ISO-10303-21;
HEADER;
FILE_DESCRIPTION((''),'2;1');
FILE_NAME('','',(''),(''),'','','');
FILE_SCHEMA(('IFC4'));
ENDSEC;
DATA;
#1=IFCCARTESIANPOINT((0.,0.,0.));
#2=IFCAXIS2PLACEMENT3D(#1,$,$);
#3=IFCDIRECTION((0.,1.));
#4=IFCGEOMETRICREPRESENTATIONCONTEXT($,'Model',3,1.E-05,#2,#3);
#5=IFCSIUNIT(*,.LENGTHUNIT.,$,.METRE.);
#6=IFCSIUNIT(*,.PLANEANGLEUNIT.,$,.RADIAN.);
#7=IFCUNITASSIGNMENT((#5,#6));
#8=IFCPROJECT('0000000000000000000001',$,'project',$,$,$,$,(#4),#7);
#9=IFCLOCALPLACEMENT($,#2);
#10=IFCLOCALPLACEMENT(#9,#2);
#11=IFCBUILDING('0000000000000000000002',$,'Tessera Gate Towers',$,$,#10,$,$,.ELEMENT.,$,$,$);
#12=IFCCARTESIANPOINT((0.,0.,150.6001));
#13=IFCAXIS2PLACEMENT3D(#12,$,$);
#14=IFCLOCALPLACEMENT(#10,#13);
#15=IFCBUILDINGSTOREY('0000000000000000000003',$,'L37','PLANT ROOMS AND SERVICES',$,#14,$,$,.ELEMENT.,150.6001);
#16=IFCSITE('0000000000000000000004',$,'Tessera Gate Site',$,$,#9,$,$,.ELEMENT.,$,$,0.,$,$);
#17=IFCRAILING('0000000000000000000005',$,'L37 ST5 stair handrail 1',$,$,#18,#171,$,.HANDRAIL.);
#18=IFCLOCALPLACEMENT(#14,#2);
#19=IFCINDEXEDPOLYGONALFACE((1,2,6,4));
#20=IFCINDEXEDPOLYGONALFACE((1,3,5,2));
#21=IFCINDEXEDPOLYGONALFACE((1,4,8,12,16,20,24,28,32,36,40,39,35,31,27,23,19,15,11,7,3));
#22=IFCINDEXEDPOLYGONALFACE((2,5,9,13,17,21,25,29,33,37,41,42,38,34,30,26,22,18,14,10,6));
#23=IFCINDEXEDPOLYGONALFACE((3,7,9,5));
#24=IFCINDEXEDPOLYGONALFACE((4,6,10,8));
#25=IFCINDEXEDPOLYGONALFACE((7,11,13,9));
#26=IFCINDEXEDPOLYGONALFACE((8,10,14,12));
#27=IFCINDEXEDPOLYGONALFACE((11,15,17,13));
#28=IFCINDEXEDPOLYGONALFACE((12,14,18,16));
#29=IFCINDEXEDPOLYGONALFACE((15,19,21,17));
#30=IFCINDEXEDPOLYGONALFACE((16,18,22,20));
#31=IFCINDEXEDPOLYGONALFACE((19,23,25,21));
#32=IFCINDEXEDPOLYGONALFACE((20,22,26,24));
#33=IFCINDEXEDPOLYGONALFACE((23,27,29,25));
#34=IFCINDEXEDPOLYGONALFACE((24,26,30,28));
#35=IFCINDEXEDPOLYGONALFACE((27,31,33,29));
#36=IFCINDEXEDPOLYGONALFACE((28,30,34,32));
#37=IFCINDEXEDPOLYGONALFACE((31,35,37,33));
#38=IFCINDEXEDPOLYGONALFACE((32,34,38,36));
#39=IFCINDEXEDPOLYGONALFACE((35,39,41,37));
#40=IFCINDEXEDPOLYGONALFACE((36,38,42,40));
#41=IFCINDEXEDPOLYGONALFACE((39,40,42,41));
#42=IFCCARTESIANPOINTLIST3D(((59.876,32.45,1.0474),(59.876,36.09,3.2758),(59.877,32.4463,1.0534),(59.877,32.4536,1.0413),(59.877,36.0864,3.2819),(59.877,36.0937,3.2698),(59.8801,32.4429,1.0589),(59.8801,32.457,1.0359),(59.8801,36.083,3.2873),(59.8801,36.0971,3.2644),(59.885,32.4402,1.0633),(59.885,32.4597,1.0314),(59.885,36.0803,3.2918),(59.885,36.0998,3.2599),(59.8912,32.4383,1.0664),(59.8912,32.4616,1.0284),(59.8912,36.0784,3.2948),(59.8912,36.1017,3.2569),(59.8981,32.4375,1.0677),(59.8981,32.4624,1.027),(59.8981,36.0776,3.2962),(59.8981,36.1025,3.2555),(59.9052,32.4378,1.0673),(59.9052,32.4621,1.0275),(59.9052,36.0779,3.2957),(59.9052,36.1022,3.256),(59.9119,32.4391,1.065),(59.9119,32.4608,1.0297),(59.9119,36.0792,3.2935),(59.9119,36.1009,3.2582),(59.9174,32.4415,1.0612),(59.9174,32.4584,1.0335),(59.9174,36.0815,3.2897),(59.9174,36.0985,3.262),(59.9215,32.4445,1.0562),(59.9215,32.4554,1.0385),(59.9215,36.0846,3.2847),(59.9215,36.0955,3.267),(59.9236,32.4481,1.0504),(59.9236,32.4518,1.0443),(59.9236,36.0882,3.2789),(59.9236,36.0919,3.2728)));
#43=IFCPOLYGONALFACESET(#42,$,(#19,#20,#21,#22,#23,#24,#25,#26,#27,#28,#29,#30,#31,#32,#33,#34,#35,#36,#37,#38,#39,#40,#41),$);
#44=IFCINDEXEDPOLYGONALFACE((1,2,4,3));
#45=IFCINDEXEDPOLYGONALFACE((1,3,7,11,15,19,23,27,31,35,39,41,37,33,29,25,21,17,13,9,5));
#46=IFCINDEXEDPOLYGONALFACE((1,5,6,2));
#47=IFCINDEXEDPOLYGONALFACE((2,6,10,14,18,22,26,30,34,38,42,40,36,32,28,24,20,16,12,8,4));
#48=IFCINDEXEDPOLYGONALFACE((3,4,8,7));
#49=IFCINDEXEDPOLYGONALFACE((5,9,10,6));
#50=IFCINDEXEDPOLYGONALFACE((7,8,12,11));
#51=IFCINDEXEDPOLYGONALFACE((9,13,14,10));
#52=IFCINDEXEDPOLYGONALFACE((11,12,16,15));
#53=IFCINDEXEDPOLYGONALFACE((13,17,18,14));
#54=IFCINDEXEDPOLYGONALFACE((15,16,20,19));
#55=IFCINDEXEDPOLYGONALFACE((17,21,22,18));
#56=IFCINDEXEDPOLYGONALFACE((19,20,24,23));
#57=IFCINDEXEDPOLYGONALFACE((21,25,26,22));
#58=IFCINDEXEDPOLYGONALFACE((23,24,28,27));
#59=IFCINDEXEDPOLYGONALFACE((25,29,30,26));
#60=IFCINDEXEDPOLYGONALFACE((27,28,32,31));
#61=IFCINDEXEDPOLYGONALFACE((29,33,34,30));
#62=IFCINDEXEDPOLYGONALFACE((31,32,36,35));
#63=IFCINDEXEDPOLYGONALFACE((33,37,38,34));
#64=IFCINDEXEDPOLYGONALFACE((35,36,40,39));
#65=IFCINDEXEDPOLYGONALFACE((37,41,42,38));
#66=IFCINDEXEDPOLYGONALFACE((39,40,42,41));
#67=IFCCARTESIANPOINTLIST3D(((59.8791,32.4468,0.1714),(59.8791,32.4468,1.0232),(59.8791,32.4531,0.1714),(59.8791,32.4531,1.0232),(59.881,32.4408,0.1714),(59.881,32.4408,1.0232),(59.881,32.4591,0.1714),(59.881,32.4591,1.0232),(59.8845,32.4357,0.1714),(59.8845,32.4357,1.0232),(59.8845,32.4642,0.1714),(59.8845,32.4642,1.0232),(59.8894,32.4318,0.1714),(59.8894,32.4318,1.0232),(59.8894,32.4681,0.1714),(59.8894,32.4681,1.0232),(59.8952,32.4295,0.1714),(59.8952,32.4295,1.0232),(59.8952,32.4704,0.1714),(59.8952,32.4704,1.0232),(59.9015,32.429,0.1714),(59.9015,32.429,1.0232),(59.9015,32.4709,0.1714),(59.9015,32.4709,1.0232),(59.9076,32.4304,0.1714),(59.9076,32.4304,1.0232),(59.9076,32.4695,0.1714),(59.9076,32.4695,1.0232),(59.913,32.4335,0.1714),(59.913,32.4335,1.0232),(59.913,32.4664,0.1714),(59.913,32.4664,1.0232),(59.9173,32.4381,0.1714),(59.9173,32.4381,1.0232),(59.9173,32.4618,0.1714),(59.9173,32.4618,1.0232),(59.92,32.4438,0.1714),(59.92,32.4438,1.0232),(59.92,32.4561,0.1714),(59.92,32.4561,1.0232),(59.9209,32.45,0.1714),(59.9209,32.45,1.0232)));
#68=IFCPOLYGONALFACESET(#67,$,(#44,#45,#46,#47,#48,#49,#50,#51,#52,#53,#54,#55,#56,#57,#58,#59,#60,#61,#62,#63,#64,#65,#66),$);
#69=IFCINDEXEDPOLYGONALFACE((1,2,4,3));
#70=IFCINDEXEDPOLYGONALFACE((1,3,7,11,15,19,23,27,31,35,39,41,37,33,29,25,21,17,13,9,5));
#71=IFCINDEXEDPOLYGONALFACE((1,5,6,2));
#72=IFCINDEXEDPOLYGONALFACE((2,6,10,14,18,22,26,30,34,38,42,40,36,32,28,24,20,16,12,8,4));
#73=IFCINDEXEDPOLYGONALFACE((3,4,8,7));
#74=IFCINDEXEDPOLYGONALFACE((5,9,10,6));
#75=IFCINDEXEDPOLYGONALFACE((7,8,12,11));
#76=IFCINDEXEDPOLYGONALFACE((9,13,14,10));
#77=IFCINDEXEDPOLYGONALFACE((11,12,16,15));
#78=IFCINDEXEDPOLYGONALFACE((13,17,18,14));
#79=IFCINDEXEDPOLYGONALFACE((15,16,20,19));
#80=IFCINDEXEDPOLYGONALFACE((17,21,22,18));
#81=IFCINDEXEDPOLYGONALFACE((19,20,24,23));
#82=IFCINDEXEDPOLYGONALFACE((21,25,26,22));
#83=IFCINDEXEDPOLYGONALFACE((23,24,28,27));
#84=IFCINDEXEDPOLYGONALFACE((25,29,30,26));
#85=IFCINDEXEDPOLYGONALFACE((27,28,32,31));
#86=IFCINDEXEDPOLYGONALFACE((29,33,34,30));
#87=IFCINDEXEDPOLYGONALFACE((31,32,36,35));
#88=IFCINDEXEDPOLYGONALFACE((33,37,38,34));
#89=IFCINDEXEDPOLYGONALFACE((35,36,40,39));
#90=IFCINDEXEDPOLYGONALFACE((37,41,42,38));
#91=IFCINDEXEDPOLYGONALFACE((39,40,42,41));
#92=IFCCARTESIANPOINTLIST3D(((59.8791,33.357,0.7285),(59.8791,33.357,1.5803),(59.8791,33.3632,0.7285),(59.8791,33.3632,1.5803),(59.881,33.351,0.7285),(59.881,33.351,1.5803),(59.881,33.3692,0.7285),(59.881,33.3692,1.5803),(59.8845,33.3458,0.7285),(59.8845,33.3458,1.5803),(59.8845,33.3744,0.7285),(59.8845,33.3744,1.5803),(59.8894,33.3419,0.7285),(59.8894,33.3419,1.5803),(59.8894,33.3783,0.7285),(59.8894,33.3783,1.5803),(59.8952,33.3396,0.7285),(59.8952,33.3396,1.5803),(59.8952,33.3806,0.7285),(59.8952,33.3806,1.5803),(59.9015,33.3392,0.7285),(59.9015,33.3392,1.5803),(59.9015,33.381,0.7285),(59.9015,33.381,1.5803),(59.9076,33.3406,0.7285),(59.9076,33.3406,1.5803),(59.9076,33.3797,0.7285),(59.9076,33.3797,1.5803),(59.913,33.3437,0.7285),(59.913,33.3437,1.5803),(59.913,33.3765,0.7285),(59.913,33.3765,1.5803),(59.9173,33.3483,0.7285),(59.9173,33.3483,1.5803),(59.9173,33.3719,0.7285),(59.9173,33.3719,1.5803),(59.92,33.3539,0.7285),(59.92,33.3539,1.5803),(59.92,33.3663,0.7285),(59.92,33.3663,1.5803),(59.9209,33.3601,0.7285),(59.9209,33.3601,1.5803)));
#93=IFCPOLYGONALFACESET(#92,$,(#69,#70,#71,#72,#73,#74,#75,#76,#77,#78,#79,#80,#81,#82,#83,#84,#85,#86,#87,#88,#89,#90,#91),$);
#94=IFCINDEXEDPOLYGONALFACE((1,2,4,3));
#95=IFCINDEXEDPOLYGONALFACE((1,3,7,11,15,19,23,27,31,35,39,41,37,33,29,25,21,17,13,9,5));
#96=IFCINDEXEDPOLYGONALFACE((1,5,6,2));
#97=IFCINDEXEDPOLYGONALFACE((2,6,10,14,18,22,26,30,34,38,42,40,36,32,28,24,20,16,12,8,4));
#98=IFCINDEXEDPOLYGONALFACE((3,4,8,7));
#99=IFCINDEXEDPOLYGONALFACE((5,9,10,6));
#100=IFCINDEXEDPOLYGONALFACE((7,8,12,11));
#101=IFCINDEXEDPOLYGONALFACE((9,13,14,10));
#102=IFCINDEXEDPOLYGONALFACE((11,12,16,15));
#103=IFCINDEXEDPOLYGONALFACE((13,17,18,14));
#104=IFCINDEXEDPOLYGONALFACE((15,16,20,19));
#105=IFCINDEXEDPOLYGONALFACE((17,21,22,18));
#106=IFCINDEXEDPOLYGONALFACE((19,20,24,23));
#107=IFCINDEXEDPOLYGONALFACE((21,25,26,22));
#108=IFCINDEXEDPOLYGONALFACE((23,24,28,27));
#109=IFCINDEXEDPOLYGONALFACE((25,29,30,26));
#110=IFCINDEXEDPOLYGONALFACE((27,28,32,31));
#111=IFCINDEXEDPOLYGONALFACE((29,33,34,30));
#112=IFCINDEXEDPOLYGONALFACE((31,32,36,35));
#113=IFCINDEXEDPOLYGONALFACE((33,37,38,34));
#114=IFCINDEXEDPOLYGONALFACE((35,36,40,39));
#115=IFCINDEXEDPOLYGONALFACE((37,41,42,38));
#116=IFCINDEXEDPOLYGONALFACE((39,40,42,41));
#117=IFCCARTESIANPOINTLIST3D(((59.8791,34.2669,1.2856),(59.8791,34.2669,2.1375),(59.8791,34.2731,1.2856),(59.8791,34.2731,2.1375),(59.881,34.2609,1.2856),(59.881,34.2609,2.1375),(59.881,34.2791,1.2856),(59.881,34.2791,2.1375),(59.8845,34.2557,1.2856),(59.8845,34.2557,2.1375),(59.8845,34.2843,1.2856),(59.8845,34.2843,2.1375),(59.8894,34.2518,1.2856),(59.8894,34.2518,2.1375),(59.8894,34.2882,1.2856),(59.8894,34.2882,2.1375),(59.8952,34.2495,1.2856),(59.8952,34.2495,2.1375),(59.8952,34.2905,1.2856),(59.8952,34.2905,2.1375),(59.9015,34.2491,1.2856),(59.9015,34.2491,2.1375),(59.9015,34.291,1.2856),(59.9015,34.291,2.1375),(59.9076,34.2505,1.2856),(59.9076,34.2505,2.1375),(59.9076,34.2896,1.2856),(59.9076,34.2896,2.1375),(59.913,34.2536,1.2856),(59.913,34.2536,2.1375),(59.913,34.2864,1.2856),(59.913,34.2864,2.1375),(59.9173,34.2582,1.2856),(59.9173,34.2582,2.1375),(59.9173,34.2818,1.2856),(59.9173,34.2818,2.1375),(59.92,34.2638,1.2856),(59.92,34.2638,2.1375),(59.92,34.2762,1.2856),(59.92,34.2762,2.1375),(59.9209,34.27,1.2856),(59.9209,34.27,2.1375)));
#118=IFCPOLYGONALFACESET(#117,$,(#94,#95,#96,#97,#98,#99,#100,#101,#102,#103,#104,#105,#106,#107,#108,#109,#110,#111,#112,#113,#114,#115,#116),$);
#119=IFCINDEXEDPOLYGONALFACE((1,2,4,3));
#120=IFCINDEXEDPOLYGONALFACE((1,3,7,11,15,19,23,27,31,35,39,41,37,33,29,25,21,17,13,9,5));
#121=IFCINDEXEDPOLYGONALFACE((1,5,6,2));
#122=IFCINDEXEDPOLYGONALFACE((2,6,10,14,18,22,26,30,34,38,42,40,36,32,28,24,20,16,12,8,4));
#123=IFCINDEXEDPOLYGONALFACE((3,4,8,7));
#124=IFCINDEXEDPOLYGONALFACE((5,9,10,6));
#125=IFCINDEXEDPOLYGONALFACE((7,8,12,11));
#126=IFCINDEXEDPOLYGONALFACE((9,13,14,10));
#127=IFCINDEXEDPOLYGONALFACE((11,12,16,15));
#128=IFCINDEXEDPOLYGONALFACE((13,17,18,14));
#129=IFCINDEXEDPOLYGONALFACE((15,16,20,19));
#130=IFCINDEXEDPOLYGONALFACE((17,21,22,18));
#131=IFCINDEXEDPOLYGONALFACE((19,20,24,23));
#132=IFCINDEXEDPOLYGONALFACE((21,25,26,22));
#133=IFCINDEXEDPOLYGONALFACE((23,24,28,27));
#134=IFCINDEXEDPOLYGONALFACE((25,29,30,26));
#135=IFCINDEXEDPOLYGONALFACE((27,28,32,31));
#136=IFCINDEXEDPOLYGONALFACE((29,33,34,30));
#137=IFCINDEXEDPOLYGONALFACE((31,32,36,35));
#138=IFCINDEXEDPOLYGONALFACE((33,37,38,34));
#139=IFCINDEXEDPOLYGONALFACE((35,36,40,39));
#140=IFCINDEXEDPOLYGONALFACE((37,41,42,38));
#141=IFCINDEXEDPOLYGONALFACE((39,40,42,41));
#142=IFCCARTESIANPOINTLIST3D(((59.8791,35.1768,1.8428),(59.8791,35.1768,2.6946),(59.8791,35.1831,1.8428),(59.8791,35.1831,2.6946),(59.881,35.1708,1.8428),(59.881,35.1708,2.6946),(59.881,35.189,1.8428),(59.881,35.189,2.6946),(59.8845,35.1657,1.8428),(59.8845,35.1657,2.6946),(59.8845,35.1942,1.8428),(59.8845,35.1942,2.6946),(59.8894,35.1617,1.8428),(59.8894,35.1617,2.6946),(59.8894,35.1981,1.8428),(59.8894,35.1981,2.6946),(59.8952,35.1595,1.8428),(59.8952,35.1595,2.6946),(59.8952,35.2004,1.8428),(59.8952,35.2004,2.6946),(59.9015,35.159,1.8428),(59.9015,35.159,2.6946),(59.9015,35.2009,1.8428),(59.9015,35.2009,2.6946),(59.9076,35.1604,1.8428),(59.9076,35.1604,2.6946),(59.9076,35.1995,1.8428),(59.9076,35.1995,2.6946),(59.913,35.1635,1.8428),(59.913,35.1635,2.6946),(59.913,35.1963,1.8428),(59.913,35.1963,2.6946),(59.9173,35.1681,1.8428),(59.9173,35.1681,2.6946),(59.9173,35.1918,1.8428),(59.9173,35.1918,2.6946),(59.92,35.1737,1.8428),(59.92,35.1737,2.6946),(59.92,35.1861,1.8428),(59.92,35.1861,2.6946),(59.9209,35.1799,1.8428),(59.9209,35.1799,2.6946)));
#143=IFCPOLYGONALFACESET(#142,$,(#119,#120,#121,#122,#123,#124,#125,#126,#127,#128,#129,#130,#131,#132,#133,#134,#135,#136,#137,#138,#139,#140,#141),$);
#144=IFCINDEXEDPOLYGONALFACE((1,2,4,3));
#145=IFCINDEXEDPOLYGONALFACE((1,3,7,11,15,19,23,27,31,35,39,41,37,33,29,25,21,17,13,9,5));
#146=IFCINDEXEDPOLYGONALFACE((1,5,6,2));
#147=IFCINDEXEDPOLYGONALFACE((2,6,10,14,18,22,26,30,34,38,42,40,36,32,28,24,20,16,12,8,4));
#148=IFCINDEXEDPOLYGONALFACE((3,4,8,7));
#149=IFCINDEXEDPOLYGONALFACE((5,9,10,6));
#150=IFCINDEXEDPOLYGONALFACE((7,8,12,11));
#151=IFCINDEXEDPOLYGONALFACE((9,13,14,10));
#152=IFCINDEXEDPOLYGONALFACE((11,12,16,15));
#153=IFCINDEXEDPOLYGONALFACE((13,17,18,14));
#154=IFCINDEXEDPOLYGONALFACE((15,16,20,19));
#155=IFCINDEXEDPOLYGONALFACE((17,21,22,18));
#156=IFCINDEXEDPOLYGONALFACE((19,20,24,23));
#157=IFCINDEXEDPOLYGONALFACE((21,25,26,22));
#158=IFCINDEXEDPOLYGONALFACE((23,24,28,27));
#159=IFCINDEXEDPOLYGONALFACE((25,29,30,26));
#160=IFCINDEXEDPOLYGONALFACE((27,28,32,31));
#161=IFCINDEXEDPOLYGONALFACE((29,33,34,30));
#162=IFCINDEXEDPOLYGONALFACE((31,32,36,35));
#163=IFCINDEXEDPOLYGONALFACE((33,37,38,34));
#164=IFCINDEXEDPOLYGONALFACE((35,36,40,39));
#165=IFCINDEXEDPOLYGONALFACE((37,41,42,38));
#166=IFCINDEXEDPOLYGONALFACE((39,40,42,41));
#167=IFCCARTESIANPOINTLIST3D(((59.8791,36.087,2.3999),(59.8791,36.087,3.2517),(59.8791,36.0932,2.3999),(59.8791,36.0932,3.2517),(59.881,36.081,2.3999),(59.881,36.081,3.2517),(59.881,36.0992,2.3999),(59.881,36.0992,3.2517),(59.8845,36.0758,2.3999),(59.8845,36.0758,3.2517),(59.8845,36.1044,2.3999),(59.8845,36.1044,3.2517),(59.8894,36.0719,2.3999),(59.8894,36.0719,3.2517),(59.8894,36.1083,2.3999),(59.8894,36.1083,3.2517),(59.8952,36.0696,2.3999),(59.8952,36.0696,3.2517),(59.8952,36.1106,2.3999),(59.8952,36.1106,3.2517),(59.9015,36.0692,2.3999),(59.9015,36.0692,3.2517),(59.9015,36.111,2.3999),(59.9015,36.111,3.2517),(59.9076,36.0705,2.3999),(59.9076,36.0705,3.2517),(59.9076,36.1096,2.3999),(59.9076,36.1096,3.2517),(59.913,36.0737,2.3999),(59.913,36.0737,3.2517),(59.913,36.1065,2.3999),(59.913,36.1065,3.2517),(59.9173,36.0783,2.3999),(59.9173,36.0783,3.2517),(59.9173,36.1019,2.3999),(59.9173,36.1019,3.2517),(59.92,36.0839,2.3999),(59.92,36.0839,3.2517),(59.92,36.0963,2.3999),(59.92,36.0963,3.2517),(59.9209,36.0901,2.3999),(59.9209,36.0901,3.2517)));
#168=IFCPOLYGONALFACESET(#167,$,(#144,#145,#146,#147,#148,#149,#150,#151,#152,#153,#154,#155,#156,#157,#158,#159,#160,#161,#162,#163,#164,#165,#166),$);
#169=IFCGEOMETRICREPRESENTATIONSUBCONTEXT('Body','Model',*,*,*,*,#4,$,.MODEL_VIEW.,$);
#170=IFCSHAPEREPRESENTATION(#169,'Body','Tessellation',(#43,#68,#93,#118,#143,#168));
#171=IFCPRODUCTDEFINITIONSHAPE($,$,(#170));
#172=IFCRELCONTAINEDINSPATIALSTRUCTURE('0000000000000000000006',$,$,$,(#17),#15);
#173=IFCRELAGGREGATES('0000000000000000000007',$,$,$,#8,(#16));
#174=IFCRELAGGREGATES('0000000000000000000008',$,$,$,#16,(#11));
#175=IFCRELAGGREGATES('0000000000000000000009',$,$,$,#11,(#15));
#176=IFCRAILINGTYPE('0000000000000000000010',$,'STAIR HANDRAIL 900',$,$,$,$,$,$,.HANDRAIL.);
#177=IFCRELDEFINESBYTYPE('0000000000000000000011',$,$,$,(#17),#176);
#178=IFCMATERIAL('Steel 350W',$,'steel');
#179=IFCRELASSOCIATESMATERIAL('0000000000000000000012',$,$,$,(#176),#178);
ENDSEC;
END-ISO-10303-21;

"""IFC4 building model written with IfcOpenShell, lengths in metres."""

from ifc_helpers import new_model, si_unit, direction, frame, origin, origin_2d, place, context, subcontext, project, spatial, circle, extrude, material, type_object, element, save


model = new_model("IFC4")

# Units and contexts
model_context = context("Model", 3, precision=1e-05, world=origin(), true_north=direction((0.0, 1.0)))
body_context = subcontext(model_context, "Body", "Model", "MODEL_VIEW")
ifc_project = project(units=[si_unit("LENGTHUNIT", "METRE"), si_unit("PLANEANGLEUNIT", "RADIAN")], contexts=[model_context])

# Site, building, storey
site_placement = place(None, origin())
site = spatial("IfcSite", under=ifc_project, at=site_placement, Name="Tessera Gate Site", CompositionType="ELEMENT", RefElevation=0.0)
building_placement = place(site_placement, origin())
building = spatial("IfcBuilding", under=site, at=building_placement, Name="Tessera Gate Towers", CompositionType="ELEMENT")
storey_placement = place(building_placement, frame((0.0, 0.0, 150.6001)))
storey = spatial("IfcBuildingStorey", under=building, at=storey_placement, Name="L37", Description="PLANT ROOMS AND SERVICES", CompositionType="ELEMENT", Elevation=150.6001)

# Railing
ifc_material_1 = material(Name="Steel 350W", Category="steel")
railing_type_1 = type_object("IfcRailingType", Name="STAIR HANDRAIL 900", PredefinedType="HANDRAIL", material=ifc_material_1)
for number, where, name in (
    (1, (59.8999, 32.45, 0.1714), "L37 ST5 stair handrail 1"),
):
    element("IfcRailing", number, at=place(storey_placement, frame(where)), inside=storey, type_object=railing_type_1, Name=name, PredefinedType="HANDRAIL", context=body_context, shape_type="SweptSolid", body=[
        extrude(circle(Radius=0.0239, at=origin_2d()), frame((0.0, 0.0, 0.876), z_axis=(0.0, 0.852866, 0.52213), x_axis=(-1.0, 0.0, 0.0)), (0.0, 0.0, 1.0), 4.2681),
        extrude(circle(Radius=0.021, at=origin_2d()), origin(), (0.0, 0.0, 1.0), 0.8518),
        extrude(circle(Radius=0.021, at=origin_2d()), frame((0.0, 0.9102, 0.5571)), (0.0, 0.0, 1.0), 0.8518),
        extrude(circle(Radius=0.021, at=origin_2d()), frame((0.0, 1.8201, 1.1143)), (0.0, 0.0, 1.0), 0.8518),
        extrude(circle(Radius=0.021, at=origin_2d()), frame((0.0, 2.73, 1.6714)), (0.0, 0.0, 1.0), 0.8518),
        extrude(circle(Radius=0.021, at=origin_2d()), frame((0.0, 3.6401, 2.2285)), (0.0, 0.0, 1.0), 0.8518),
    ])

save(model, "model.ifc")
